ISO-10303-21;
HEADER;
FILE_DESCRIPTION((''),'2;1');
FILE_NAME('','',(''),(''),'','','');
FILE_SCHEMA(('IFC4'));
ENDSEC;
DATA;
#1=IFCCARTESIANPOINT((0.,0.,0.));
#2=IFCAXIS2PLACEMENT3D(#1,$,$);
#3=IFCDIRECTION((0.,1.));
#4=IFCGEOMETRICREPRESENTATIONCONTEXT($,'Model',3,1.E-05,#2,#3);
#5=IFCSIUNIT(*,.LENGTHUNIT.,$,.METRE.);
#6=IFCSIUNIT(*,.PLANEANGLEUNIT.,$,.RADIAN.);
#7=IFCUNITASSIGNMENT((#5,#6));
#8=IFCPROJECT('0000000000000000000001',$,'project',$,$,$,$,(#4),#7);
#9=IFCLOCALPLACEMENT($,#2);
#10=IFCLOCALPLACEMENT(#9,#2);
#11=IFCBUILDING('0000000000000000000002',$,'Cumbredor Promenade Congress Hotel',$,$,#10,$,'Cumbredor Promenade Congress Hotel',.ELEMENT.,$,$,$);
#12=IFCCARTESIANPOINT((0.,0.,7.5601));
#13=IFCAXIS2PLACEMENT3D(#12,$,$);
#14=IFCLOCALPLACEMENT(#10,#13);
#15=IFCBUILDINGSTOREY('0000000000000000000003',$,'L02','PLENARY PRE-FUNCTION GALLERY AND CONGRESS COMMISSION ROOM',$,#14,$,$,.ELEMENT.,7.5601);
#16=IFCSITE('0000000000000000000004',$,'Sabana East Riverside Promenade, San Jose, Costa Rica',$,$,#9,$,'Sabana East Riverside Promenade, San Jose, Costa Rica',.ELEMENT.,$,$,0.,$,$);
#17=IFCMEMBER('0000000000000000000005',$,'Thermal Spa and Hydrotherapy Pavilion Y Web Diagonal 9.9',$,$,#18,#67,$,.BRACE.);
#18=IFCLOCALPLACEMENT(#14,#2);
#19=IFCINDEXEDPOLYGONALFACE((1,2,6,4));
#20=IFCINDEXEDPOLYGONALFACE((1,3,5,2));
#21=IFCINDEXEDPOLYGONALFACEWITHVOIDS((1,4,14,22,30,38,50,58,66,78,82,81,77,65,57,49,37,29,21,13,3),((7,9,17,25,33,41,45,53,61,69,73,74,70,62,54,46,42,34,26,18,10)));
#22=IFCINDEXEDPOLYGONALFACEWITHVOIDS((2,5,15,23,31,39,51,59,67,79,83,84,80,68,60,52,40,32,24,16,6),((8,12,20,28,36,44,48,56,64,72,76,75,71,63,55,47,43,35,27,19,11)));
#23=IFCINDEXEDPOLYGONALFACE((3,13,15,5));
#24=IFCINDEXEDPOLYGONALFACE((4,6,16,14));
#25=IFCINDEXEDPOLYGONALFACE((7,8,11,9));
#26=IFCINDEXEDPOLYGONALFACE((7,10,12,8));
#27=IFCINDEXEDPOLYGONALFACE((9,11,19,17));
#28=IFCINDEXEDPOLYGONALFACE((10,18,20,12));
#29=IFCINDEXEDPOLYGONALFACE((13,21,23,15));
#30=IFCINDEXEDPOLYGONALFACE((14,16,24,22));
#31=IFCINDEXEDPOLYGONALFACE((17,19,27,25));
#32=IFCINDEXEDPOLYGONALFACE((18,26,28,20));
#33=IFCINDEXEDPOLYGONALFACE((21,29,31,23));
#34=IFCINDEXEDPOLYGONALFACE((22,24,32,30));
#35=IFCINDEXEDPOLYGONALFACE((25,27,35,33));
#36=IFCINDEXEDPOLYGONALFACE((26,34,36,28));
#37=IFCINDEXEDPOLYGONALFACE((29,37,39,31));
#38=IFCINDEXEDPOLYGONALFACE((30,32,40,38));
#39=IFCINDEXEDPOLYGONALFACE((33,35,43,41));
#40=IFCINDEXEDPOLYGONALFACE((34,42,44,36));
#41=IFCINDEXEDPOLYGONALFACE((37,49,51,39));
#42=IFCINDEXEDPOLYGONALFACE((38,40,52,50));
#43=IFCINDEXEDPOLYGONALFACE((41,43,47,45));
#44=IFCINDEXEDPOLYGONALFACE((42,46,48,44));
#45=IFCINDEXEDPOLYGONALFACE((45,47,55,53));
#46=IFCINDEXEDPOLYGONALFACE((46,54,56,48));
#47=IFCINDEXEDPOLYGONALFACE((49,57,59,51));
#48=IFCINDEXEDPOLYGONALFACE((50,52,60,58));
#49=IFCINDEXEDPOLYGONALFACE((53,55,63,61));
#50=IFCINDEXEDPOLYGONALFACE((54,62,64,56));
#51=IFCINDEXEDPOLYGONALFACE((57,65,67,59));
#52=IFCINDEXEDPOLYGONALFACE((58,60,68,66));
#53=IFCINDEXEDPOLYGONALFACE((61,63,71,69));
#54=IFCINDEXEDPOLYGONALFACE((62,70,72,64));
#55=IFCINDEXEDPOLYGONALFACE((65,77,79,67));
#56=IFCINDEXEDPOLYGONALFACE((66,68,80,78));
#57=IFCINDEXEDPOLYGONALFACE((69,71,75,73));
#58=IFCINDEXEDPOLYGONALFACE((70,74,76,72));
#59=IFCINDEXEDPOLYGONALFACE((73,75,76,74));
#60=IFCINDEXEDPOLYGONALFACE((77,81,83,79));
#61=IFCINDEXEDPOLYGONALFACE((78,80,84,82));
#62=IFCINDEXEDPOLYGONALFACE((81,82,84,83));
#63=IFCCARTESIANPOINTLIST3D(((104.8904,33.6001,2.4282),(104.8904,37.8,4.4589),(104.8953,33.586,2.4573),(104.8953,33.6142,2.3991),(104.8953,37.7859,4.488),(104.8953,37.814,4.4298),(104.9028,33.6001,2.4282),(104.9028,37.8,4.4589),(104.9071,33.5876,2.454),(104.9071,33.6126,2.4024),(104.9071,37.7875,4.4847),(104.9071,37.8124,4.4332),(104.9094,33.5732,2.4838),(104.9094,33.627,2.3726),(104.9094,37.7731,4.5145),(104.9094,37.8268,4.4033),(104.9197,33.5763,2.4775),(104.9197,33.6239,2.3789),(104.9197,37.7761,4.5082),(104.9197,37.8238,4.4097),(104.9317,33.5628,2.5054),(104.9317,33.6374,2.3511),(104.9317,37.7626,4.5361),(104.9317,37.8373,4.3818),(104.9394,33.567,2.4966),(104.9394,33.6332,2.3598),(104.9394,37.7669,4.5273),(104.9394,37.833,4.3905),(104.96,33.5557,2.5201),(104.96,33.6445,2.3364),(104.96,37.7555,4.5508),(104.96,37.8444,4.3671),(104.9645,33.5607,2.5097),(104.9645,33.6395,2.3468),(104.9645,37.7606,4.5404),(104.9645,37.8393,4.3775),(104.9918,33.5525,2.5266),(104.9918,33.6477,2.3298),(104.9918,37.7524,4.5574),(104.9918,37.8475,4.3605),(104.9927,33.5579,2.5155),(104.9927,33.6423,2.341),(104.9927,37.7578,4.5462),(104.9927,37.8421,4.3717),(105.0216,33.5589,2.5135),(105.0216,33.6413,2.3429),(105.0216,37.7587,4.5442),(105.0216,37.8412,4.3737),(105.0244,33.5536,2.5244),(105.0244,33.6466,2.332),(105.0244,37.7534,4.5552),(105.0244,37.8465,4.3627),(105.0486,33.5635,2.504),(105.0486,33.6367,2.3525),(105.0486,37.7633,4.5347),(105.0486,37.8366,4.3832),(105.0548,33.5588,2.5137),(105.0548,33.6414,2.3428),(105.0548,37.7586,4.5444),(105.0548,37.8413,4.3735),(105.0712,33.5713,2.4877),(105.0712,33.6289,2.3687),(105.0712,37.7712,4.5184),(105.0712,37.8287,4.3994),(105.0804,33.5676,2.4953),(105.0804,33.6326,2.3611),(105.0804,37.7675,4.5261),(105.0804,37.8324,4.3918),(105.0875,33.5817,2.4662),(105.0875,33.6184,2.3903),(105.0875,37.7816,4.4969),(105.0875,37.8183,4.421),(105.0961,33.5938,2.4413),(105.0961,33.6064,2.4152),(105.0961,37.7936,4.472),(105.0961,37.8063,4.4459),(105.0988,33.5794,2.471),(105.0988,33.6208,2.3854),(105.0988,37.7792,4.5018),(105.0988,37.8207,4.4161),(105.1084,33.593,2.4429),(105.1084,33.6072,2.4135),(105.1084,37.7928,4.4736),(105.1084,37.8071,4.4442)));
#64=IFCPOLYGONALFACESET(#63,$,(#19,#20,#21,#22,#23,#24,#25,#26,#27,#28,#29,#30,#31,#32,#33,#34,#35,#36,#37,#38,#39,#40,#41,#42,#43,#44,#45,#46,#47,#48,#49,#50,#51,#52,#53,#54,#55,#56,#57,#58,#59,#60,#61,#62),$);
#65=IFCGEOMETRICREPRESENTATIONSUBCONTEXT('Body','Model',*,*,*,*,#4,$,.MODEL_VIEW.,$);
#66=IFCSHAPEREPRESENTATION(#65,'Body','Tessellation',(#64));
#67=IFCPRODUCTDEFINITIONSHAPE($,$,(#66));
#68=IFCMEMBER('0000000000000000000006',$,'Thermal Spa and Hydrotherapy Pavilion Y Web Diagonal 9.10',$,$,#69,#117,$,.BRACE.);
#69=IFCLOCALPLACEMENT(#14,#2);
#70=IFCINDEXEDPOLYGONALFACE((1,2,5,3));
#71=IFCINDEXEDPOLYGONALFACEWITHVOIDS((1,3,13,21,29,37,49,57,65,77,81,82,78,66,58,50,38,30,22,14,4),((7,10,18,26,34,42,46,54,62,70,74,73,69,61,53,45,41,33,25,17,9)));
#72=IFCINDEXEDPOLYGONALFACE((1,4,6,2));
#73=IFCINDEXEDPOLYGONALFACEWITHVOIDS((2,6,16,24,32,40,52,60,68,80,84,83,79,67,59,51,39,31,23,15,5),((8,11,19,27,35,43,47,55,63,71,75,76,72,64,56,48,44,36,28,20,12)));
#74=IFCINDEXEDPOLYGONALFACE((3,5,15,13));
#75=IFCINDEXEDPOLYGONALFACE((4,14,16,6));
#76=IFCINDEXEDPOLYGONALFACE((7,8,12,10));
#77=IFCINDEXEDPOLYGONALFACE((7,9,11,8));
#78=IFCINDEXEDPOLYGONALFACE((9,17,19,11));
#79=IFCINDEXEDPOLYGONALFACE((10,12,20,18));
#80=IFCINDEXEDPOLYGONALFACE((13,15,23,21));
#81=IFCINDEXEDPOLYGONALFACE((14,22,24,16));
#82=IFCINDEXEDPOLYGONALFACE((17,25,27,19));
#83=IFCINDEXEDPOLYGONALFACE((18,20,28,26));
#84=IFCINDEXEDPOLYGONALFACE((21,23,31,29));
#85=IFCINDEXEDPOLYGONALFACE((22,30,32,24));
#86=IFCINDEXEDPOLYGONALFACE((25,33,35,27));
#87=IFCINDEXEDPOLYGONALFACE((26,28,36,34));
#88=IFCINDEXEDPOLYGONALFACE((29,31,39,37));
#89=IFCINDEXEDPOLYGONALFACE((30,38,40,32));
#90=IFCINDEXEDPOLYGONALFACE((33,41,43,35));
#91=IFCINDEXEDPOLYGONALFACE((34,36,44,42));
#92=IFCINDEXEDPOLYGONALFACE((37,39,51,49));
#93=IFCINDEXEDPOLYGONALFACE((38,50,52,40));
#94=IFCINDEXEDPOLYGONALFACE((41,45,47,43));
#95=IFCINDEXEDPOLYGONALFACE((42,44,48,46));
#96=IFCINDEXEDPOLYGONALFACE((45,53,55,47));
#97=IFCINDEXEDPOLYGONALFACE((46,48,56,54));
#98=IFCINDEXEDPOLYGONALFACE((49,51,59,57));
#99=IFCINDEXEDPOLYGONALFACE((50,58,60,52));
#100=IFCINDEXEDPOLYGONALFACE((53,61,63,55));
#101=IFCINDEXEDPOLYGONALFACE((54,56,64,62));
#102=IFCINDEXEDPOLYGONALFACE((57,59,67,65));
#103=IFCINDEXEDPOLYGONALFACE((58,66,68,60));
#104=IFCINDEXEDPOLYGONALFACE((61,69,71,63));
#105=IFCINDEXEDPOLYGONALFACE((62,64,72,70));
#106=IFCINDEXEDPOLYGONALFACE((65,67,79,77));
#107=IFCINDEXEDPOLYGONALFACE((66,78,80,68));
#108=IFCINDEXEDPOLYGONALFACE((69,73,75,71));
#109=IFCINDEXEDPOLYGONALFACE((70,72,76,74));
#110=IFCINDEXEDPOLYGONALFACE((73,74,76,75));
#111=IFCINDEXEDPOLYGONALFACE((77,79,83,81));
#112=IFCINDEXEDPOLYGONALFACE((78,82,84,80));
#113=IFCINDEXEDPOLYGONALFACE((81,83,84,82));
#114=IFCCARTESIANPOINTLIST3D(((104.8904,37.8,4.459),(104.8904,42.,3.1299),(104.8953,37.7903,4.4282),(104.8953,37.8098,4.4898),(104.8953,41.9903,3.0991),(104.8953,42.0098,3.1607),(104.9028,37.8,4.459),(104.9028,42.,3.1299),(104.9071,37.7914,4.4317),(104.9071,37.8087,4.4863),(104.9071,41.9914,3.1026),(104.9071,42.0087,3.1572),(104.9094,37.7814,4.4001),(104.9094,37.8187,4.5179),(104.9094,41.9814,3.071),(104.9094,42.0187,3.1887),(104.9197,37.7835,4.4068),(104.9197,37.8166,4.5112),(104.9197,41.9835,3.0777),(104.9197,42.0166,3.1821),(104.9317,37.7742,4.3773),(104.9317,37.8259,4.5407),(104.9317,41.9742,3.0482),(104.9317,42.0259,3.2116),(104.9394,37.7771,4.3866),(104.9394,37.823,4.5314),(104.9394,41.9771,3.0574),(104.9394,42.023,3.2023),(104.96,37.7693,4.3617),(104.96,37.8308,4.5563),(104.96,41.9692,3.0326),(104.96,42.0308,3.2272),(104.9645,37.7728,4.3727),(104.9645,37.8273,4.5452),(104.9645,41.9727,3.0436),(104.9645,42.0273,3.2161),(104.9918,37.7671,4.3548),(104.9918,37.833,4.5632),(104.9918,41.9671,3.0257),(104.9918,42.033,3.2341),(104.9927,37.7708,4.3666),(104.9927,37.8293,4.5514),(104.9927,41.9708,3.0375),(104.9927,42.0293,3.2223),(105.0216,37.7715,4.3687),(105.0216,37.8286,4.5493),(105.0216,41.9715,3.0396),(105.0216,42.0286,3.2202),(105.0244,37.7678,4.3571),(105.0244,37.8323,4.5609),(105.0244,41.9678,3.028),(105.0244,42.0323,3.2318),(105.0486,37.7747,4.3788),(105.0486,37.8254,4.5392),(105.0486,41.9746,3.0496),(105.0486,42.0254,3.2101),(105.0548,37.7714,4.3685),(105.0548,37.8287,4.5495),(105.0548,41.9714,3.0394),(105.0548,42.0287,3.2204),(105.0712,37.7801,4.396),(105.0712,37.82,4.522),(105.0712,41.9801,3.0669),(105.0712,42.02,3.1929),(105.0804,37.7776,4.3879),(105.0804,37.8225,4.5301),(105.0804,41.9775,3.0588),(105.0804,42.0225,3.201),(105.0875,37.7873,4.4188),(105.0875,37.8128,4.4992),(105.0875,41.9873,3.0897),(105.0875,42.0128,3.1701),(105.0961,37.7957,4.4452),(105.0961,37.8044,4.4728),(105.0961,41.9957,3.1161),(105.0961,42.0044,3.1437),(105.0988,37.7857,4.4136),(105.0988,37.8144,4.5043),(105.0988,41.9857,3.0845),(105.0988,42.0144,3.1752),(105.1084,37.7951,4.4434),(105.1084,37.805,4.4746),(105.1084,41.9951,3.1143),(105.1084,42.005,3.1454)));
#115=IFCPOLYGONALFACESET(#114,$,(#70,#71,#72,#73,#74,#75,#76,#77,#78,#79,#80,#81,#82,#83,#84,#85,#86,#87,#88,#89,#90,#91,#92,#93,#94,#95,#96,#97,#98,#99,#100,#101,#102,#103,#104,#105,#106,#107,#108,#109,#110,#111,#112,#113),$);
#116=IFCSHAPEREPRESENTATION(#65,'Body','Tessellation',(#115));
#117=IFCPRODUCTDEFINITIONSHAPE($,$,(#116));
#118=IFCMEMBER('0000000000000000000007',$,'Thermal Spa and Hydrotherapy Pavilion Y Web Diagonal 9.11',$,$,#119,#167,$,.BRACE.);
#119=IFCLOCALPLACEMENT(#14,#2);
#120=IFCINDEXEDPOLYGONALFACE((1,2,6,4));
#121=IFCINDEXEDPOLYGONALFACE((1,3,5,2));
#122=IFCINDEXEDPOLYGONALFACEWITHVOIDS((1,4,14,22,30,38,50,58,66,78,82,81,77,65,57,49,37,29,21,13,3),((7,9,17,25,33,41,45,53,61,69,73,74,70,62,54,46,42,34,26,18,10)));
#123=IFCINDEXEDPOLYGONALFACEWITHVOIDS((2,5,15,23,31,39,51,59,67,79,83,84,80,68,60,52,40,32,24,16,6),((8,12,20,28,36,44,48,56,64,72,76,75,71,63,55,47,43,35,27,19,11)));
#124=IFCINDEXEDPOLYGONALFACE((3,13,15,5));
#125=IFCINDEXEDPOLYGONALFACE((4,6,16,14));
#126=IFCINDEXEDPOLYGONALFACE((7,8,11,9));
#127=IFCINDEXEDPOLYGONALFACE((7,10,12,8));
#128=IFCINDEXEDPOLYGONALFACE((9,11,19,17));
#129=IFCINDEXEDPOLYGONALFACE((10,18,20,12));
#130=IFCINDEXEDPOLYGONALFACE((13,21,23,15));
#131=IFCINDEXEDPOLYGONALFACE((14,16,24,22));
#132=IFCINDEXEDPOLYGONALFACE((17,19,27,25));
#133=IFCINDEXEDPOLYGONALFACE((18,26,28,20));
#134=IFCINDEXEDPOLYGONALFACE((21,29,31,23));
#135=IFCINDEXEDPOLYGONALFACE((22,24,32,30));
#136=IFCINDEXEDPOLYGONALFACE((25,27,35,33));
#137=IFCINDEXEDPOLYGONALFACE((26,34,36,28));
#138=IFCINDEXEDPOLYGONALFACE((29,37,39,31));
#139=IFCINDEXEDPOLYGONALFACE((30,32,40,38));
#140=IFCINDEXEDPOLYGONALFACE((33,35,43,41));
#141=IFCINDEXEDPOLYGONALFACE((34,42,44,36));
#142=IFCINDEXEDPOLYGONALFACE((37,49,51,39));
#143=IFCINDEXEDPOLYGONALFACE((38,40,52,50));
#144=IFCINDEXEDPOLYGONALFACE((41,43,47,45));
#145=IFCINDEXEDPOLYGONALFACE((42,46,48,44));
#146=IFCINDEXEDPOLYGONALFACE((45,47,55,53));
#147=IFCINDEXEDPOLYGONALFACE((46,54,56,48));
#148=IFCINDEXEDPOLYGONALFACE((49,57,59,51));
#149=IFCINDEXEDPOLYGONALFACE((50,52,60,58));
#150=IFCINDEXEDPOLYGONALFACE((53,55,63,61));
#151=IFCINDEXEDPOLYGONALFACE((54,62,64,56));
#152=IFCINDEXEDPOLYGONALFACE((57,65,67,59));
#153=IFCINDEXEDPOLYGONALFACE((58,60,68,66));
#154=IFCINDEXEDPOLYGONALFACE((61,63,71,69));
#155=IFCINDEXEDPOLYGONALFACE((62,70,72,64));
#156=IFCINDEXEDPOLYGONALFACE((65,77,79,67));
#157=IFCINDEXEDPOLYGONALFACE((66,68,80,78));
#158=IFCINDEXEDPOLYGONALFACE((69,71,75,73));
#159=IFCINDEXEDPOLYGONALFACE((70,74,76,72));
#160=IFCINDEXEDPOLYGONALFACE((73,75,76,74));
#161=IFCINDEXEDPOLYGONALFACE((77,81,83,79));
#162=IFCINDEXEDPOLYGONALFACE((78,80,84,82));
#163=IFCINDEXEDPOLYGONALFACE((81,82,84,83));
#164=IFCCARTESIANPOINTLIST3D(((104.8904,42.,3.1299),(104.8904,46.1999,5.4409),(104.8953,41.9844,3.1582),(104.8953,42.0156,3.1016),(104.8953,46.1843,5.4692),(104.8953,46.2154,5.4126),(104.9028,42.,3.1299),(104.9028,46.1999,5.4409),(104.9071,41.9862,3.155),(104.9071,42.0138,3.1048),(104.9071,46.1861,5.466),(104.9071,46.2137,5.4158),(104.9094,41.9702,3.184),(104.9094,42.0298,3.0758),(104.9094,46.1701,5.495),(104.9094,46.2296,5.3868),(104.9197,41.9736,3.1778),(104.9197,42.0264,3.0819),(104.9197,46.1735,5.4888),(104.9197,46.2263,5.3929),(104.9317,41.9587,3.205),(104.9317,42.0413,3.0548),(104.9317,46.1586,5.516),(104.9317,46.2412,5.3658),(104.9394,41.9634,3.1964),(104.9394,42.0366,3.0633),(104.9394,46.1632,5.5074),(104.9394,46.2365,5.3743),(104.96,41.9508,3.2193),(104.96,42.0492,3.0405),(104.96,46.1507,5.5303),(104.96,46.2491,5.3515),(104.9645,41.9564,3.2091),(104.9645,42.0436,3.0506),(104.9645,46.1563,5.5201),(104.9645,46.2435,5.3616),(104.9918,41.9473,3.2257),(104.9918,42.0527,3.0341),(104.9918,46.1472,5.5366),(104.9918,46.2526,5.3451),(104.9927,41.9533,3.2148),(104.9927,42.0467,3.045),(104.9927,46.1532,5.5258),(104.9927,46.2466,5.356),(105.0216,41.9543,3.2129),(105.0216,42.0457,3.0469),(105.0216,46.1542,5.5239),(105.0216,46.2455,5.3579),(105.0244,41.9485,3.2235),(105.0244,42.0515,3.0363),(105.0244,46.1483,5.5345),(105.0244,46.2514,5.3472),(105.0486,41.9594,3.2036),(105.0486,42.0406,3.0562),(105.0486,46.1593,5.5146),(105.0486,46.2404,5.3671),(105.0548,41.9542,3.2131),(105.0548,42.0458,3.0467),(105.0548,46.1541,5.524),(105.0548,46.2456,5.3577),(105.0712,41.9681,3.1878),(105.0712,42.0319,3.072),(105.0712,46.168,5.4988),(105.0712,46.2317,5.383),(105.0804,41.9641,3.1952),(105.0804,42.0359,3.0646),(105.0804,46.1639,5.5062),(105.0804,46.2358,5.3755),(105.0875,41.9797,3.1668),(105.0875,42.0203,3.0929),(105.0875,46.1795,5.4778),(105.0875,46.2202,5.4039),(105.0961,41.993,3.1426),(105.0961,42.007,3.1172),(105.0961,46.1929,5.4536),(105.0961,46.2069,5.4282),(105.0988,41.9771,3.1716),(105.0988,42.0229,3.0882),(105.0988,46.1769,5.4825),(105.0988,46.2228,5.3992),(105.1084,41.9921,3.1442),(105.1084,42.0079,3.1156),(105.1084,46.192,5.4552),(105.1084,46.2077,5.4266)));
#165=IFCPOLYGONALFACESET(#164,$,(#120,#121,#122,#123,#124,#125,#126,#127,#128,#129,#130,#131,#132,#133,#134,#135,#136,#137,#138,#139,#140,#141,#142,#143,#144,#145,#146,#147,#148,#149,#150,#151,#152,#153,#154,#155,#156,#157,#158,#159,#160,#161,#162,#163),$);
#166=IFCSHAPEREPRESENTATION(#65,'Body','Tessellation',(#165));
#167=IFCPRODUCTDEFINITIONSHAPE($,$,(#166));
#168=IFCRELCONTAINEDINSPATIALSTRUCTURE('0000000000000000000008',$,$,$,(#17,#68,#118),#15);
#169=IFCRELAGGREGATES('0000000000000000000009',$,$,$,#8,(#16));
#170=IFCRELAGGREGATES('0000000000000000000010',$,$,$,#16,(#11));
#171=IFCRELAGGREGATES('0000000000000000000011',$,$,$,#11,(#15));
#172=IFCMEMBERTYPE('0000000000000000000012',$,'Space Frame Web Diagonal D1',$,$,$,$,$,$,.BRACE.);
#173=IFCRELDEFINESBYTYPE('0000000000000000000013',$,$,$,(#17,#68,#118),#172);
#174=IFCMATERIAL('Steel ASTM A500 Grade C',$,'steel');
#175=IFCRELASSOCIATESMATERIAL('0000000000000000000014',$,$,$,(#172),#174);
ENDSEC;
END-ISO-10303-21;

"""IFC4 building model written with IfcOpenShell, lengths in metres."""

from ifc_helpers import new_model, si_unit, direction, frame, origin, origin_2d, place, context, subcontext, project, spatial, hollow_circle, extrude, material, material_profile, profile_set, type_object, element, save


model = new_model("IFC4")

# Units and contexts
model_context = context("Model", 3, precision=1e-05, world=origin(), true_north=direction((0.0, 1.0)))
body_context = subcontext(model_context, "Body", "Model", "MODEL_VIEW")
ifc_project = project(units=[si_unit("LENGTHUNIT", "METRE"), si_unit("PLANEANGLEUNIT", "RADIAN")], contexts=[model_context])

# Site, building, storey
site_placement = place(None, origin())
site = spatial("IfcSite", under=ifc_project, at=site_placement, Name="Sabana East Riverside Promenade, San Jose, Costa Rica", LongName="Sabana East Riverside Promenade, San Jose, Costa Rica", CompositionType="ELEMENT", RefElevation=0.0)
building_placement = place(site_placement, origin())
building = spatial("IfcBuilding", under=site, at=building_placement, Name="Cumbredor Promenade Congress Hotel", LongName="Cumbredor Promenade Congress Hotel", CompositionType="ELEMENT")
storey_placement = place(building_placement, frame((0.0, 0.0, 7.5601)))
storey = spatial("IfcBuildingStorey", under=building, at=storey_placement, Name="L02", Description="PLENARY PRE-FUNCTION GALLERY AND CONGRESS COMMISSION ROOM", CompositionType="ELEMENT", Elevation=7.5601)

# Members
ifc_material_1 = material(Name="Steel ASTM A500 Grade C", Category="steel")
ifc_material_profile_1 = material_profile(ifc_material_1, hollow_circle(Radius=0.1096, WallThickness=0.0125, at=origin_2d()), Name="CHS 219.1x12.5")
ifc_profile_set_1 = profile_set([ifc_material_profile_1], Name="Steel ASTM A500 Grade C")
member_type_1 = type_object("IfcMemberType", Name="Space Frame Web Diagonal D1", PredefinedType="BRACE", material=ifc_profile_set_1)
member_1_placement = place(storey_placement, frame((105.0, 33.6001, 2.4282), z_axis=(0.0, 0.900283, 0.435305), x_axis=(-1.0, 0.0, 0.0)))
element("IfcMember", 1, at=member_1_placement, inside=storey, type_object=member_type_1, Name="Thermal Spa and Hydrotherapy Pavilion Y Web Diagonal 9.9", PredefinedType="BRACE", context=body_context, shape_type="SweptSolid", body=[
    extrude(hollow_circle(Radius=0.1096, WallThickness=0.0125, at=origin_2d()), origin(), (0.0, 0.0, 1.0), 4.665),
])
member_2_placement = place(storey_placement, frame((105.0, 37.8, 4.459), z_axis=(0.0, 0.9534, -0.30171), x_axis=(-1.0, 0.0, 0.0)))
element("IfcMember", 2, at=member_2_placement, inside=storey, type_object=member_type_1, Name="Thermal Spa and Hydrotherapy Pavilion Y Web Diagonal 9.10", PredefinedType="BRACE", context=body_context, shape_type="SweptSolid", body=[
    extrude(hollow_circle(Radius=0.1096, WallThickness=0.0125, at=origin_2d()), origin(), (0.0, 0.0, 1.0), 4.4053),
])
member_3_placement = place(storey_placement, frame((105.0, 42.0, 3.1299), z_axis=(0.0, 0.876122, 0.482089), x_axis=(-1.0, 0.0, 0.0)))
element("IfcMember", 3, at=member_3_placement, inside=storey, type_object=member_type_1, Name="Thermal Spa and Hydrotherapy Pavilion Y Web Diagonal 9.11", PredefinedType="BRACE", context=body_context, shape_type="SweptSolid", body=[
    extrude(hollow_circle(Radius=0.1096, WallThickness=0.0125, at=origin_2d()), origin(), (0.0, 0.0, 1.0), 4.7937),
])

save(model, "model.ifc")
